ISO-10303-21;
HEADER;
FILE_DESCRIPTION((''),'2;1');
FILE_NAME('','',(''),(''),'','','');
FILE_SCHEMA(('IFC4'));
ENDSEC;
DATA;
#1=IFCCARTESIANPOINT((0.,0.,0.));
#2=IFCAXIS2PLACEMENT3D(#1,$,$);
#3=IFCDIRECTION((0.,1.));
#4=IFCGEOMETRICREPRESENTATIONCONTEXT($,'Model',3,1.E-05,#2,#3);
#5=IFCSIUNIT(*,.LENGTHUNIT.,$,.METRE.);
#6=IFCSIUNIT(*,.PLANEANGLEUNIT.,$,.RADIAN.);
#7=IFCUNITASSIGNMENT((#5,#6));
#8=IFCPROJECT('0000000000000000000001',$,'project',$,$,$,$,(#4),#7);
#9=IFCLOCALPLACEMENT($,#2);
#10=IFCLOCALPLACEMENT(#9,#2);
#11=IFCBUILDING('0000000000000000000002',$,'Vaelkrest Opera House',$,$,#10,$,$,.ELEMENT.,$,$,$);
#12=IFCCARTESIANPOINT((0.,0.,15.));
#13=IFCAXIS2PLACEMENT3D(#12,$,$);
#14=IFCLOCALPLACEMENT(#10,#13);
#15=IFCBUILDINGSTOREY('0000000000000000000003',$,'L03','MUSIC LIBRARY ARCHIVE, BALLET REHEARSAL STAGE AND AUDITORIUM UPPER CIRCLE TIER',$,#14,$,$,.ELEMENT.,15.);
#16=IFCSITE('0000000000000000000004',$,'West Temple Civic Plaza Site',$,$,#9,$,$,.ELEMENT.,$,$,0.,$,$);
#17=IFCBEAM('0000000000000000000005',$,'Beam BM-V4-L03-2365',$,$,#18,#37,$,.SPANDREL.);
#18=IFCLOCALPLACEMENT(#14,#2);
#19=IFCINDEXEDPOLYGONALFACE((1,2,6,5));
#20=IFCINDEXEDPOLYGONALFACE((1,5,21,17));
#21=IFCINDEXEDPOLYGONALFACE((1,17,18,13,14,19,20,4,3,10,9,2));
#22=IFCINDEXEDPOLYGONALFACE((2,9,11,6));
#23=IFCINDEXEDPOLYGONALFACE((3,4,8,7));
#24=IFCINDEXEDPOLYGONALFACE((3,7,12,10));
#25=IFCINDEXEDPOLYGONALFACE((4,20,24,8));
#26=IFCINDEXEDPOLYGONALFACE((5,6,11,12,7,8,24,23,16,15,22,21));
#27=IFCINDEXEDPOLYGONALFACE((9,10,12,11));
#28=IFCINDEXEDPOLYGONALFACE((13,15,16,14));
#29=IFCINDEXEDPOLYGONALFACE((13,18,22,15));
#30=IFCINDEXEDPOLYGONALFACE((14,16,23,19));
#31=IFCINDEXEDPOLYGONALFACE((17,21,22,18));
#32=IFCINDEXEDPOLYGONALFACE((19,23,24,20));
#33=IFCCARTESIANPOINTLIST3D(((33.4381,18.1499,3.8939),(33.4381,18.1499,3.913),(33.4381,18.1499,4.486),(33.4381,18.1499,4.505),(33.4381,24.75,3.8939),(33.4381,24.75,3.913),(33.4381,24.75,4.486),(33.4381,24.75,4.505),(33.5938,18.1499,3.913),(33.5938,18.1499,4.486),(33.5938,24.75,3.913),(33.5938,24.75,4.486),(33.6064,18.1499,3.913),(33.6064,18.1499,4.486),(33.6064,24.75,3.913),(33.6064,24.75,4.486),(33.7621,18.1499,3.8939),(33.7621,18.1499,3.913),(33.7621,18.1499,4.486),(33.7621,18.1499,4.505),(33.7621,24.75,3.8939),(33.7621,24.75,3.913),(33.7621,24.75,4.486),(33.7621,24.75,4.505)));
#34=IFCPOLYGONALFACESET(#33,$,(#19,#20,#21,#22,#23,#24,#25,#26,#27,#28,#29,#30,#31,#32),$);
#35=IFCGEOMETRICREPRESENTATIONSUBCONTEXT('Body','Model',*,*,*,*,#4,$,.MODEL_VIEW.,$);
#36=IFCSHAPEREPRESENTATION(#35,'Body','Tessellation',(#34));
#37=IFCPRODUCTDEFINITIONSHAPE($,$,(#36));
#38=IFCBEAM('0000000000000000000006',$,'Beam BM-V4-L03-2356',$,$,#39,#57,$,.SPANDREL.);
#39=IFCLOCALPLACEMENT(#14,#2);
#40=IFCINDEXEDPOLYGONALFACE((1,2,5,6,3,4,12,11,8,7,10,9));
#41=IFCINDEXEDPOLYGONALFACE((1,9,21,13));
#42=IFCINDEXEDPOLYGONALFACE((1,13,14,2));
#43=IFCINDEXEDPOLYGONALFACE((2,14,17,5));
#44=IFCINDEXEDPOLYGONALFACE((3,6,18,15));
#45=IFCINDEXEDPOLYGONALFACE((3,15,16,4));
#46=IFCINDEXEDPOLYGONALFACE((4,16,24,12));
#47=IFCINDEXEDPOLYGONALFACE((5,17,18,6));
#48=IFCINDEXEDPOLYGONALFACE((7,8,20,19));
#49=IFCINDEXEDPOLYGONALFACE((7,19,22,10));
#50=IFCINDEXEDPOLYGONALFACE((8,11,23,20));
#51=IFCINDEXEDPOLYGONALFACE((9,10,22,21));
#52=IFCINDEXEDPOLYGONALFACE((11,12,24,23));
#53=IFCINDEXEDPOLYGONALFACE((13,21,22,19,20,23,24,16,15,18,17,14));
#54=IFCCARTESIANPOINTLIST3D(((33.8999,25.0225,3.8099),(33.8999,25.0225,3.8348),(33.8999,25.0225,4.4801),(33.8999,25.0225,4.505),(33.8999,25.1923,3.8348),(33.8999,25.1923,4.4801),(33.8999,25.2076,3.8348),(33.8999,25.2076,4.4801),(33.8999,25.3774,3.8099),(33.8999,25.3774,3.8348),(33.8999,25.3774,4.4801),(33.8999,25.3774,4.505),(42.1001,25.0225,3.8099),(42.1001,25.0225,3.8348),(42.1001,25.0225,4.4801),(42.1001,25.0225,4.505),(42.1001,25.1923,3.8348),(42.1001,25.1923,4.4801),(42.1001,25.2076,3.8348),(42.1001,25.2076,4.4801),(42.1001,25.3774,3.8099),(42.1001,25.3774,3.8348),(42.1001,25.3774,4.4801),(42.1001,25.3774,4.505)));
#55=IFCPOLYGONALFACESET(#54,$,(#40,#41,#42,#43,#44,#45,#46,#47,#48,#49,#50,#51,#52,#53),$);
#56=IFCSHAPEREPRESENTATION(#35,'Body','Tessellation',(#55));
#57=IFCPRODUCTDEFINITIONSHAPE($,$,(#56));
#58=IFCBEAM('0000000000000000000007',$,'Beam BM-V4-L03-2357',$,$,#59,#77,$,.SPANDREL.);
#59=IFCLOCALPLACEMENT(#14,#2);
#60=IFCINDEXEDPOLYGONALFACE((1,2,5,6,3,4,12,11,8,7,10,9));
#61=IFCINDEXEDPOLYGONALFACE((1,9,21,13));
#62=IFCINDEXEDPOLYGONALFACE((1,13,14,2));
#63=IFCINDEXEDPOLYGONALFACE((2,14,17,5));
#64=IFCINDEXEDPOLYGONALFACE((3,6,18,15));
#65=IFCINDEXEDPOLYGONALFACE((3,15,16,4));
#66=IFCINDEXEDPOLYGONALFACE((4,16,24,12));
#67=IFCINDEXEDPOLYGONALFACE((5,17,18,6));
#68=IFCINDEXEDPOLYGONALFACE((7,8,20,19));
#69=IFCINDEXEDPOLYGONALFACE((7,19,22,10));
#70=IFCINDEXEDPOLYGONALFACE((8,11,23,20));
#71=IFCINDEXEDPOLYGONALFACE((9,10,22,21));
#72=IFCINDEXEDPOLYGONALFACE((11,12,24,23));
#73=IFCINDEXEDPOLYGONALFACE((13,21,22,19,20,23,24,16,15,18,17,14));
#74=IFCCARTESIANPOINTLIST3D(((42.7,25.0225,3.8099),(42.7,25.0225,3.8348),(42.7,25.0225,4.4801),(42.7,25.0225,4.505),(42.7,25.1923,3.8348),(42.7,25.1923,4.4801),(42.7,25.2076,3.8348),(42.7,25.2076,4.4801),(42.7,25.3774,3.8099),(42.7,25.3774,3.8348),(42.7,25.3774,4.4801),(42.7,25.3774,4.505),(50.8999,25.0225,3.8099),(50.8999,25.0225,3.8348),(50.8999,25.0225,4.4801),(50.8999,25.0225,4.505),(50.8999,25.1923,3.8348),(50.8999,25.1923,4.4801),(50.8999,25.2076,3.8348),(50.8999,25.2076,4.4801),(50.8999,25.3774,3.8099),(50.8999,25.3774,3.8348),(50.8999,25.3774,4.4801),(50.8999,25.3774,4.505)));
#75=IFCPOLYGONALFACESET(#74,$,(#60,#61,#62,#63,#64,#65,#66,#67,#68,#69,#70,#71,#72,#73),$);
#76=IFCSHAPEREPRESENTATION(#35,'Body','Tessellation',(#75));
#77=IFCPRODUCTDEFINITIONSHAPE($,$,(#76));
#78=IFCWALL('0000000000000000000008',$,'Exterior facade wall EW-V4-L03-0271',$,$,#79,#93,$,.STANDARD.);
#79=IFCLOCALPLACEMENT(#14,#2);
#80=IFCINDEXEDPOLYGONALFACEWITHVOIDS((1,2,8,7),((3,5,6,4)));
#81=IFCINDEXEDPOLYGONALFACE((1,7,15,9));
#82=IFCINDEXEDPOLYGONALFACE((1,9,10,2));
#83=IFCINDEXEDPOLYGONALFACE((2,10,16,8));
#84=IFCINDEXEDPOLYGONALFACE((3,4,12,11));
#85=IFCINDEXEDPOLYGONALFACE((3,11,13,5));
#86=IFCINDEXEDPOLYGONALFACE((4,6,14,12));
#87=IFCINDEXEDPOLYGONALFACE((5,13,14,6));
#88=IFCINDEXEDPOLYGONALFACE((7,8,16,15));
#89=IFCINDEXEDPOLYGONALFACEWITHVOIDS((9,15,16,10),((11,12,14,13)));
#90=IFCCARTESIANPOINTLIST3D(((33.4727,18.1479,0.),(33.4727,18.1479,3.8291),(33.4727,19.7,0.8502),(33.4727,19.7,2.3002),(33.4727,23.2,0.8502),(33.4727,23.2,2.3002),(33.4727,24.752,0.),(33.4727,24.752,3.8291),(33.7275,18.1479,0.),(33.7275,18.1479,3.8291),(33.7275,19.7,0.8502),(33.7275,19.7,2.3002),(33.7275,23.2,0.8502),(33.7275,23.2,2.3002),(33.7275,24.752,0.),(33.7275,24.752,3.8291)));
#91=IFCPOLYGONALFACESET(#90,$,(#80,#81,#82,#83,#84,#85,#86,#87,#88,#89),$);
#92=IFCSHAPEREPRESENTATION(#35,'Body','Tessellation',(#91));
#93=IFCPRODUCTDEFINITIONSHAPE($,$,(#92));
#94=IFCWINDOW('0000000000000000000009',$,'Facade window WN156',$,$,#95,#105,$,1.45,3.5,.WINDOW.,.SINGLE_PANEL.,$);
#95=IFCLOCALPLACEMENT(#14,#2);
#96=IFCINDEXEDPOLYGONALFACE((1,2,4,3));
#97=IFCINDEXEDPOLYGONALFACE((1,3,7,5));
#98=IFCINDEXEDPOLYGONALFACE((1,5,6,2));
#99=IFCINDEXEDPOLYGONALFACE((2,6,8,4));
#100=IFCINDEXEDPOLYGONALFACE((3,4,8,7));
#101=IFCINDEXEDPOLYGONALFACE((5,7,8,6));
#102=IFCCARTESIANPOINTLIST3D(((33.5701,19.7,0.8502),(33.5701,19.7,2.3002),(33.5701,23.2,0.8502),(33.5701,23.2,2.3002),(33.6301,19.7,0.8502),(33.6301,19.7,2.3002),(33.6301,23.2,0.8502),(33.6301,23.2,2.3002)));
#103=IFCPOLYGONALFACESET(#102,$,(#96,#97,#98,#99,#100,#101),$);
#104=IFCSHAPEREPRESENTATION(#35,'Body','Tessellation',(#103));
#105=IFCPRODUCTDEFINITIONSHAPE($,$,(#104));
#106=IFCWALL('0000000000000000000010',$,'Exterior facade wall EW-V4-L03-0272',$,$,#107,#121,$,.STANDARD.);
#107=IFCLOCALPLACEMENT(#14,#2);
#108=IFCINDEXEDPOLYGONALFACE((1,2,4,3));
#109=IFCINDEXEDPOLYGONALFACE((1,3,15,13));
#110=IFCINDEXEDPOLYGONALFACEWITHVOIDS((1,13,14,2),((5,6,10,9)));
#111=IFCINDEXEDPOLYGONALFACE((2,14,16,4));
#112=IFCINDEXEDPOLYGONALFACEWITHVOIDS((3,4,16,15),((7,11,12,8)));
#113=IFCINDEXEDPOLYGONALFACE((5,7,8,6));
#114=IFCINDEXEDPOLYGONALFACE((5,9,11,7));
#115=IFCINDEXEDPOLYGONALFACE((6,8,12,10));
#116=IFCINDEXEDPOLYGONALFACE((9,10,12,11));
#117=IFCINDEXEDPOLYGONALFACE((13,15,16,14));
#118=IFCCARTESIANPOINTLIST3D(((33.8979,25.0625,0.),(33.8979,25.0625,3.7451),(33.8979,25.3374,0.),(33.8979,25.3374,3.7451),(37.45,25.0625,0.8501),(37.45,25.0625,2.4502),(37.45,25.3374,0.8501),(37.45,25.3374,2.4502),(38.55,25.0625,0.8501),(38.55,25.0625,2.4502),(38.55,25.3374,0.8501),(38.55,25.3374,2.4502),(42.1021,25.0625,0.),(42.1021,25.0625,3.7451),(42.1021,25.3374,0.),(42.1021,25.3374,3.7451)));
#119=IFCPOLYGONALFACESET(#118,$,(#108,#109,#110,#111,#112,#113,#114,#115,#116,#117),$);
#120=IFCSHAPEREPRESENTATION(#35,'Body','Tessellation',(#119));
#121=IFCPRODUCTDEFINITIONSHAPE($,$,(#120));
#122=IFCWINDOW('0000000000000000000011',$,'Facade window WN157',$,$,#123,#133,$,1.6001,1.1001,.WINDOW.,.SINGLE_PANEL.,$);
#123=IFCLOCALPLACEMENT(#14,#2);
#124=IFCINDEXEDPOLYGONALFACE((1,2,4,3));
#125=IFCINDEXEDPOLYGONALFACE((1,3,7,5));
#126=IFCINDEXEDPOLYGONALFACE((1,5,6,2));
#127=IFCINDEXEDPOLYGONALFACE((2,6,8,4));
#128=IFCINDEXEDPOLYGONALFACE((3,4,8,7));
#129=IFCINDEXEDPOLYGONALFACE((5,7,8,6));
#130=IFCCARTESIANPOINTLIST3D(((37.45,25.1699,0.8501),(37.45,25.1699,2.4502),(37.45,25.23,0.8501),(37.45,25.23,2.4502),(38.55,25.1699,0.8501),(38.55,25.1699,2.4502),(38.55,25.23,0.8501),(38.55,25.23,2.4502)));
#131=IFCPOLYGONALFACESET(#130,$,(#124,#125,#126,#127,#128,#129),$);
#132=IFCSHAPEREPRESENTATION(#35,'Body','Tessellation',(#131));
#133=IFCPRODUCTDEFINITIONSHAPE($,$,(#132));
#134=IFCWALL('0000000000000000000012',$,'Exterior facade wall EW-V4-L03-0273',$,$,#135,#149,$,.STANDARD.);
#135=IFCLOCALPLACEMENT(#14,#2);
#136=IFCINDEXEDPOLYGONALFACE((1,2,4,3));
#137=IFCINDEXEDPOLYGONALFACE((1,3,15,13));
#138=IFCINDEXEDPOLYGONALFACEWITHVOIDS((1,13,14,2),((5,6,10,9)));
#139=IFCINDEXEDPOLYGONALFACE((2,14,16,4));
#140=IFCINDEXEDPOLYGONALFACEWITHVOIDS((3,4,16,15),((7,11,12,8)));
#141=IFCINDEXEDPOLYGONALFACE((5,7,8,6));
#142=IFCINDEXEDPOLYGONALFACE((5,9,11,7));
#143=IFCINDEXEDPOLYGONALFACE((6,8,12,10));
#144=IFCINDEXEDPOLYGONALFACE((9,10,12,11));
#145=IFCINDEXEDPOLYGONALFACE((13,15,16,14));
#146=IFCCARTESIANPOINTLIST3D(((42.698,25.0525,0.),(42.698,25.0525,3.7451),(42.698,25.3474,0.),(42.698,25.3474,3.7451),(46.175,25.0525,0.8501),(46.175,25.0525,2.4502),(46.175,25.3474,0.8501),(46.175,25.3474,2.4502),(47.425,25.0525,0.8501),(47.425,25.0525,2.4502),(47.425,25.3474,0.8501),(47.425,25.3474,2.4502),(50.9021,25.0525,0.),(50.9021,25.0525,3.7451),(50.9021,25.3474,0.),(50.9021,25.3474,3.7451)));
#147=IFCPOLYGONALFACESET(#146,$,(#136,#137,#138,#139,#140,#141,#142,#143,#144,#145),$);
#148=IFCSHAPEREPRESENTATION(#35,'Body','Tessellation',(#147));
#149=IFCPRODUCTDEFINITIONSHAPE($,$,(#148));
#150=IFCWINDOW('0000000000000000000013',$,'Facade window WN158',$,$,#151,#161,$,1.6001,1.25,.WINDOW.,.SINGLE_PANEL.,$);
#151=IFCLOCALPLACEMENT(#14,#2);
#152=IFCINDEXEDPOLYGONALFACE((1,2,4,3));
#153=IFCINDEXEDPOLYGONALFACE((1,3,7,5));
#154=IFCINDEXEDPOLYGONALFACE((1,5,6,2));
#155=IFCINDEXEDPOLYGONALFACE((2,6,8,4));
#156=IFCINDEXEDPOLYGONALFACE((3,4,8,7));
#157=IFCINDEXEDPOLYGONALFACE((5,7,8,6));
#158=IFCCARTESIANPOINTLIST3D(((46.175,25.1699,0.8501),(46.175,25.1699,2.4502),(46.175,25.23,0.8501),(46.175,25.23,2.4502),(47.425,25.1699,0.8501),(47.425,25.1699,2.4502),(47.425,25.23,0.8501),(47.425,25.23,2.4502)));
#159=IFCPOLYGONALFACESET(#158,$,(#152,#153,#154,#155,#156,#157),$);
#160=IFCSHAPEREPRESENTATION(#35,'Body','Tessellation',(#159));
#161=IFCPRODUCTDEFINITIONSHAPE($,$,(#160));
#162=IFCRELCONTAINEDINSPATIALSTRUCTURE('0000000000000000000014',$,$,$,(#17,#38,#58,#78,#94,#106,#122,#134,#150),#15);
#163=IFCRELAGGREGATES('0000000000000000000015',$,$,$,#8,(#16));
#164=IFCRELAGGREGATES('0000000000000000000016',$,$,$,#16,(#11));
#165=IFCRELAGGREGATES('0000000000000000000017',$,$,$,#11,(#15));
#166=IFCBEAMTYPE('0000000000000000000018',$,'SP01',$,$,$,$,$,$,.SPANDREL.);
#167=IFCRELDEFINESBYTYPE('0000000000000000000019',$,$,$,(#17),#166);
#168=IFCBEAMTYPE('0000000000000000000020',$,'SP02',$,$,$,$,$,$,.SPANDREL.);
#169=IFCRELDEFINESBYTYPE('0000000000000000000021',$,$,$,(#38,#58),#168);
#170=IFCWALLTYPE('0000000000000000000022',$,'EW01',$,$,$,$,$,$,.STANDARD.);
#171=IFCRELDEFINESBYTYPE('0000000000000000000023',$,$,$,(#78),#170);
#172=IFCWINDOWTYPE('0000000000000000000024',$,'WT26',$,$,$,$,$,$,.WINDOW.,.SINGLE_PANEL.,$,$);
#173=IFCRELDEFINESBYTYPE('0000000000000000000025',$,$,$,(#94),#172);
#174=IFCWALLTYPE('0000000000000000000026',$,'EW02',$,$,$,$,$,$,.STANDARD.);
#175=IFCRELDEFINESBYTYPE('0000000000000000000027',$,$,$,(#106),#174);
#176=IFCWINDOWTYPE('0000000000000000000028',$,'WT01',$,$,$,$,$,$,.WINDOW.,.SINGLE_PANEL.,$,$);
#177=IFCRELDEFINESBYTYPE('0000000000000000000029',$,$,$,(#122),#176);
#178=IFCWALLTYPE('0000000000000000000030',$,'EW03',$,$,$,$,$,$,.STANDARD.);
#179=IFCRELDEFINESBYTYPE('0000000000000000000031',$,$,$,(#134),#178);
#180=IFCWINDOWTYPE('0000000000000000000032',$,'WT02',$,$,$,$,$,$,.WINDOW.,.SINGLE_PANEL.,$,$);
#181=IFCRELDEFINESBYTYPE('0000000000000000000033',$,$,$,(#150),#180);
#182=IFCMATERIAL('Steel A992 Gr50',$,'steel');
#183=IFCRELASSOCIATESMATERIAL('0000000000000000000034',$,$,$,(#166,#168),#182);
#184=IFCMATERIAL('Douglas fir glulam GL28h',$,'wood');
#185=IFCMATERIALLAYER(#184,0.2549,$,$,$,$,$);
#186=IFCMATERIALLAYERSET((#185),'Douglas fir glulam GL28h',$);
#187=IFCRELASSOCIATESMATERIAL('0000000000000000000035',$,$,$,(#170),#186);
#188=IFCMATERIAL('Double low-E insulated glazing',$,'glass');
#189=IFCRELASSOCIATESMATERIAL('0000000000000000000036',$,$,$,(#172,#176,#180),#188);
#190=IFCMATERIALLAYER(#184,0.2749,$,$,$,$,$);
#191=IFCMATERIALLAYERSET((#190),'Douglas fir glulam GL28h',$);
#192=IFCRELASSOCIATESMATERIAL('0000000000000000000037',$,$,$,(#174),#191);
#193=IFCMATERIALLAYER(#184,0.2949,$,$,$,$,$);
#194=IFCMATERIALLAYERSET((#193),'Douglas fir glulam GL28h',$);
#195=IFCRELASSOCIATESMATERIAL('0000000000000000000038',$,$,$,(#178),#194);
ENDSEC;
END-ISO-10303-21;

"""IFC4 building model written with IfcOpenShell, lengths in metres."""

from ifc_helpers import new_model, si_unit, direction, frame, frame_2d, origin, origin_2d, place, context, subcontext, project, spatial, rectangle, i_section, extrude, material, layer, layer_set, material_profile, profile_set, type_object, element, fill, save


model = new_model("IFC4")

# Units and contexts
model_context = context("Model", 3, precision=1e-05, world=origin(), true_north=direction((0.0, 1.0)))
body_context = subcontext(model_context, "Body", "Model", "MODEL_VIEW")
ifc_project = project(units=[si_unit("LENGTHUNIT", "METRE"), si_unit("PLANEANGLEUNIT", "RADIAN")], contexts=[model_context])

# Site, building, storey
site_placement = place(None, origin())
site = spatial("IfcSite", under=ifc_project, at=site_placement, Name="West Temple Civic Plaza Site", CompositionType="ELEMENT", RefElevation=0.0)
building_placement = place(site_placement, origin())
building = spatial("IfcBuilding", under=site, at=building_placement, Name="Vaelkrest Opera House", CompositionType="ELEMENT")
storey_placement = place(building_placement, frame((0.0, 0.0, 15.0)))
storey = spatial("IfcBuildingStorey", under=building, at=storey_placement, Name="L03", Description="MUSIC LIBRARY ARCHIVE, BALLET REHEARSAL STAGE AND AUDITORIUM UPPER CIRCLE TIER", CompositionType="ELEMENT", Elevation=15.0)

# Beams
ifc_material_1 = material(Name="Steel A992 Gr50", Category="steel")
ifc_material_profile_1 = material_profile(ifc_material_1, i_section(OverallWidth=0.324, OverallDepth=0.6111, WebThickness=0.0127, FlangeThickness=0.019, at=origin_2d()), Name="W24X104")
ifc_profile_set_1 = profile_set([ifc_material_profile_1], Name="Steel A992 Gr50")
beam_type_1 = type_object("IfcBeamType", Name="SP01", PredefinedType="SPANDREL", material=ifc_profile_set_1)
beam_1_placement = place(storey_placement, frame((33.6001, 18.1499, 4.1995), z_axis=(0.0, 1.0, 0.0), x_axis=(-1.0, 0.0, 0.0)))
element("IfcBeam", 1, at=beam_1_placement, inside=storey, type_object=beam_type_1, Name="Beam BM-V4-L03-2365", PredefinedType="SPANDREL", context=body_context, shape_type="SweptSolid", body=[
    extrude(i_section(OverallWidth=0.324, OverallDepth=0.6111, WebThickness=0.0127, FlangeThickness=0.019, at=origin_2d()), origin(), (0.0, 0.0, 1.0), 6.6001),
])
ifc_material_profile_2 = material_profile(ifc_material_1, i_section(OverallWidth=0.355, OverallDepth=0.6951, WebThickness=0.0154, FlangeThickness=0.0249, at=origin_2d()), Name="W27X146")
ifc_profile_set_2 = profile_set([ifc_material_profile_2], Name="Steel A992 Gr50")
beam_type_2 = type_object("IfcBeamType", Name="SP02", PredefinedType="SPANDREL", material=ifc_profile_set_2)
beam_2_placement = place(storey_placement, frame((33.8999, 25.2, 4.1575), z_axis=(1.0, 0.0, 0.0), x_axis=(0.0, 1.0, 0.0)))
element("IfcBeam", 2, at=beam_2_placement, inside=storey, type_object=beam_type_2, Name="Beam BM-V4-L03-2356", PredefinedType="SPANDREL", context=body_context, shape_type="SweptSolid", body=[
    extrude(i_section(OverallWidth=0.355, OverallDepth=0.6951, WebThickness=0.0154, FlangeThickness=0.0249, at=origin_2d()), origin(), (0.0, 0.0, 1.0), 8.2002),
])
beam_3_placement = place(storey_placement, frame((42.7, 25.2, 4.1575), z_axis=(1.0, 0.0, 0.0), x_axis=(0.0, 1.0, 0.0)))
element("IfcBeam", 3, at=beam_3_placement, inside=storey, type_object=beam_type_2, Name="Beam BM-V4-L03-2357", PredefinedType="SPANDREL", context=body_context, shape_type="SweptSolid", body=[
    extrude(i_section(OverallWidth=0.355, OverallDepth=0.6951, WebThickness=0.0154, FlangeThickness=0.0249, at=origin_2d()), origin(), (0.0, 0.0, 1.0), 8.2),
])

# Walls, openings, windows
ifc_material_2 = material(Name="Douglas fir glulam GL28h", Category="wood")
ifc_layer_1 = layer(ifc_material_2, 0.2549)
ifc_layer_set_1 = layer_set([ifc_layer_1], Name="Douglas fir glulam GL28h")
wall_type_1 = type_object("IfcWallType", Name="EW01", PredefinedType="STANDARD", material=ifc_layer_set_1)
wall_1_placement = place(storey_placement, frame((33.6001, 18.1479, 0.0), z_axis=(0.0, 0.0, 1.0), x_axis=(0.0, 1.0, 0.0)))
wall_1 = element("IfcWall", 4, at=wall_1_placement, inside=storey, type_object=wall_type_1, Name="Exterior facade wall EW-V4-L03-0271", PredefinedType="STANDARD", context=body_context, shape_type="SweptSolid", body=[
    extrude(rectangle(XDim=6.604, YDim=0.2549, at=frame_2d((3.302, 0.0))), origin(), (0.0, 0.0, 1.0), 3.8291),
])
opening_1_placement = place(wall_1_placement, frame((1.552, 0.0, 0.8501)))
opening_1 = element("IfcOpeningElement", 5, at=opening_1_placement, cuts=wall_1, PredefinedType="OPENING", context=body_context, shape_type="SweptSolid", body=[
    extrude(rectangle(XDim=3.5, YDim=1.45, at=frame_2d((1.75, 0.7251))), frame((0.0, 0.1375, 0.0), z_axis=(0.0, -1.0, 0.0), x_axis=(1.0, 0.0, 0.0)), (0.0, 0.0, 1.0), 0.2749),
])
ifc_material_3 = material(Name="Double low-E insulated glazing", Category="glass")
window_type_1 = type_object("IfcWindowType", Name="WT26", PartitioningType="SINGLE_PANEL", PredefinedType="WINDOW", material=ifc_material_3)
window_1_placement = place(opening_1_placement, origin())
window_1 = element("IfcWindow", 6, at=window_1_placement, inside=storey, type_object=window_type_1, Name="Facade window WN156", OverallHeight=1.45, OverallWidth=3.5, PartitioningType="SINGLE_PANEL", PredefinedType="WINDOW", context=body_context, shape_type="SweptSolid", body=[
    extrude(rectangle(XDim=3.5, YDim=1.45, at=frame_2d((1.75, 0.7251))), frame((0.0, 0.03, 0.0), z_axis=(0.0, -1.0, 0.0), x_axis=(1.0, 0.0, 0.0)), (0.0, 0.0, 1.0), 0.0601),
])
fill(opening_1, window_1)
ifc_layer_2 = layer(ifc_material_2, 0.2749)
ifc_layer_set_2 = layer_set([ifc_layer_2], Name="Douglas fir glulam GL28h")
wall_type_2 = type_object("IfcWallType", Name="EW02", PredefinedType="STANDARD", material=ifc_layer_set_2)
wall_2_placement = place(storey_placement, frame((33.8979, 25.2, 0.0), z_axis=(0.0, 0.0, 1.0), x_axis=(1.0, 0.0, 0.0)))
wall_2 = element("IfcWall", 7, at=wall_2_placement, inside=storey, type_object=wall_type_2, Name="Exterior facade wall EW-V4-L03-0272", PredefinedType="STANDARD", context=body_context, shape_type="SweptSolid", body=[
    extrude(rectangle(XDim=8.2041, YDim=0.2749, at=frame_2d((4.1021, 0.0))), origin(), (0.0, 0.0, 1.0), 3.7451),
])
opening_2_placement = place(wall_2_placement, frame((3.552, 0.0, 0.8501)))
opening_2 = element("IfcOpeningElement", 8, at=opening_2_placement, cuts=wall_2, PredefinedType="OPENING", context=body_context, shape_type="SweptSolid", body=[
    extrude(rectangle(XDim=1.1001, YDim=1.6001, at=frame_2d((0.55, 0.8))), frame((0.0, 0.1475, 0.0), z_axis=(0.0, -1.0, 0.0), x_axis=(1.0, 0.0, 0.0)), (0.0, 0.0, 1.0), 0.2949),
])
window_type_2 = type_object("IfcWindowType", Name="WT01", PartitioningType="SINGLE_PANEL", PredefinedType="WINDOW", material=ifc_material_3)
window_2_placement = place(opening_2_placement, origin())
window_2 = element("IfcWindow", 9, at=window_2_placement, inside=storey, type_object=window_type_2, Name="Facade window WN157", OverallHeight=1.6001, OverallWidth=1.1001, PartitioningType="SINGLE_PANEL", PredefinedType="WINDOW", context=body_context, shape_type="SweptSolid", body=[
    extrude(rectangle(XDim=1.1001, YDim=1.6001, at=frame_2d((0.55, 0.8))), frame((0.0, 0.03, 0.0), z_axis=(0.0, -1.0, 0.0), x_axis=(1.0, 0.0, 0.0)), (0.0, 0.0, 1.0), 0.0601),
])
fill(opening_2, window_2)
ifc_layer_3 = layer(ifc_material_2, 0.2949)
ifc_layer_set_3 = layer_set([ifc_layer_3], Name="Douglas fir glulam GL28h")
wall_type_3 = type_object("IfcWallType", Name="EW03", PredefinedType="STANDARD", material=ifc_layer_set_3)
wall_3_placement = place(storey_placement, frame((42.698, 25.2, 0.0), z_axis=(0.0, 0.0, 1.0), x_axis=(1.0, 0.0, 0.0)))
wall_3 = element("IfcWall", 10, at=wall_3_placement, inside=storey, type_object=wall_type_3, Name="Exterior facade wall EW-V4-L03-0273", PredefinedType="STANDARD", context=body_context, shape_type="SweptSolid", body=[
    extrude(rectangle(XDim=8.2041, YDim=0.2949, at=frame_2d((4.1021, 0.0))), origin(), (0.0, 0.0, 1.0), 3.7451),
])
opening_3_placement = place(wall_3_placement, frame((3.4771, 0.0, 0.8501)))
opening_3 = element("IfcOpeningElement", 11, at=opening_3_placement, cuts=wall_3, PredefinedType="OPENING", context=body_context, shape_type="SweptSolid", body=[
    extrude(rectangle(XDim=1.25, YDim=1.6001, at=frame_2d((0.625, 0.8))), frame((0.0, 0.1575, 0.0), z_axis=(0.0, -1.0, 0.0), x_axis=(1.0, 0.0, 0.0)), (0.0, 0.0, 1.0), 0.3149),
])
window_type_3 = type_object("IfcWindowType", Name="WT02", PartitioningType="SINGLE_PANEL", PredefinedType="WINDOW", material=ifc_material_3)
window_3_placement = place(opening_3_placement, origin())
window_3 = element("IfcWindow", 12, at=window_3_placement, inside=storey, type_object=window_type_3, Name="Facade window WN158", OverallHeight=1.6001, OverallWidth=1.25, PartitioningType="SINGLE_PANEL", PredefinedType="WINDOW", context=body_context, shape_type="SweptSolid", body=[
    extrude(rectangle(XDim=1.25, YDim=1.6001, at=frame_2d((0.625, 0.8))), frame((0.0, 0.03, 0.0), z_axis=(0.0, -1.0, 0.0), x_axis=(1.0, 0.0, 0.0)), (0.0, 0.0, 1.0), 0.0601),
])
fill(opening_3, window_3)

save(model, "model.ifc")
